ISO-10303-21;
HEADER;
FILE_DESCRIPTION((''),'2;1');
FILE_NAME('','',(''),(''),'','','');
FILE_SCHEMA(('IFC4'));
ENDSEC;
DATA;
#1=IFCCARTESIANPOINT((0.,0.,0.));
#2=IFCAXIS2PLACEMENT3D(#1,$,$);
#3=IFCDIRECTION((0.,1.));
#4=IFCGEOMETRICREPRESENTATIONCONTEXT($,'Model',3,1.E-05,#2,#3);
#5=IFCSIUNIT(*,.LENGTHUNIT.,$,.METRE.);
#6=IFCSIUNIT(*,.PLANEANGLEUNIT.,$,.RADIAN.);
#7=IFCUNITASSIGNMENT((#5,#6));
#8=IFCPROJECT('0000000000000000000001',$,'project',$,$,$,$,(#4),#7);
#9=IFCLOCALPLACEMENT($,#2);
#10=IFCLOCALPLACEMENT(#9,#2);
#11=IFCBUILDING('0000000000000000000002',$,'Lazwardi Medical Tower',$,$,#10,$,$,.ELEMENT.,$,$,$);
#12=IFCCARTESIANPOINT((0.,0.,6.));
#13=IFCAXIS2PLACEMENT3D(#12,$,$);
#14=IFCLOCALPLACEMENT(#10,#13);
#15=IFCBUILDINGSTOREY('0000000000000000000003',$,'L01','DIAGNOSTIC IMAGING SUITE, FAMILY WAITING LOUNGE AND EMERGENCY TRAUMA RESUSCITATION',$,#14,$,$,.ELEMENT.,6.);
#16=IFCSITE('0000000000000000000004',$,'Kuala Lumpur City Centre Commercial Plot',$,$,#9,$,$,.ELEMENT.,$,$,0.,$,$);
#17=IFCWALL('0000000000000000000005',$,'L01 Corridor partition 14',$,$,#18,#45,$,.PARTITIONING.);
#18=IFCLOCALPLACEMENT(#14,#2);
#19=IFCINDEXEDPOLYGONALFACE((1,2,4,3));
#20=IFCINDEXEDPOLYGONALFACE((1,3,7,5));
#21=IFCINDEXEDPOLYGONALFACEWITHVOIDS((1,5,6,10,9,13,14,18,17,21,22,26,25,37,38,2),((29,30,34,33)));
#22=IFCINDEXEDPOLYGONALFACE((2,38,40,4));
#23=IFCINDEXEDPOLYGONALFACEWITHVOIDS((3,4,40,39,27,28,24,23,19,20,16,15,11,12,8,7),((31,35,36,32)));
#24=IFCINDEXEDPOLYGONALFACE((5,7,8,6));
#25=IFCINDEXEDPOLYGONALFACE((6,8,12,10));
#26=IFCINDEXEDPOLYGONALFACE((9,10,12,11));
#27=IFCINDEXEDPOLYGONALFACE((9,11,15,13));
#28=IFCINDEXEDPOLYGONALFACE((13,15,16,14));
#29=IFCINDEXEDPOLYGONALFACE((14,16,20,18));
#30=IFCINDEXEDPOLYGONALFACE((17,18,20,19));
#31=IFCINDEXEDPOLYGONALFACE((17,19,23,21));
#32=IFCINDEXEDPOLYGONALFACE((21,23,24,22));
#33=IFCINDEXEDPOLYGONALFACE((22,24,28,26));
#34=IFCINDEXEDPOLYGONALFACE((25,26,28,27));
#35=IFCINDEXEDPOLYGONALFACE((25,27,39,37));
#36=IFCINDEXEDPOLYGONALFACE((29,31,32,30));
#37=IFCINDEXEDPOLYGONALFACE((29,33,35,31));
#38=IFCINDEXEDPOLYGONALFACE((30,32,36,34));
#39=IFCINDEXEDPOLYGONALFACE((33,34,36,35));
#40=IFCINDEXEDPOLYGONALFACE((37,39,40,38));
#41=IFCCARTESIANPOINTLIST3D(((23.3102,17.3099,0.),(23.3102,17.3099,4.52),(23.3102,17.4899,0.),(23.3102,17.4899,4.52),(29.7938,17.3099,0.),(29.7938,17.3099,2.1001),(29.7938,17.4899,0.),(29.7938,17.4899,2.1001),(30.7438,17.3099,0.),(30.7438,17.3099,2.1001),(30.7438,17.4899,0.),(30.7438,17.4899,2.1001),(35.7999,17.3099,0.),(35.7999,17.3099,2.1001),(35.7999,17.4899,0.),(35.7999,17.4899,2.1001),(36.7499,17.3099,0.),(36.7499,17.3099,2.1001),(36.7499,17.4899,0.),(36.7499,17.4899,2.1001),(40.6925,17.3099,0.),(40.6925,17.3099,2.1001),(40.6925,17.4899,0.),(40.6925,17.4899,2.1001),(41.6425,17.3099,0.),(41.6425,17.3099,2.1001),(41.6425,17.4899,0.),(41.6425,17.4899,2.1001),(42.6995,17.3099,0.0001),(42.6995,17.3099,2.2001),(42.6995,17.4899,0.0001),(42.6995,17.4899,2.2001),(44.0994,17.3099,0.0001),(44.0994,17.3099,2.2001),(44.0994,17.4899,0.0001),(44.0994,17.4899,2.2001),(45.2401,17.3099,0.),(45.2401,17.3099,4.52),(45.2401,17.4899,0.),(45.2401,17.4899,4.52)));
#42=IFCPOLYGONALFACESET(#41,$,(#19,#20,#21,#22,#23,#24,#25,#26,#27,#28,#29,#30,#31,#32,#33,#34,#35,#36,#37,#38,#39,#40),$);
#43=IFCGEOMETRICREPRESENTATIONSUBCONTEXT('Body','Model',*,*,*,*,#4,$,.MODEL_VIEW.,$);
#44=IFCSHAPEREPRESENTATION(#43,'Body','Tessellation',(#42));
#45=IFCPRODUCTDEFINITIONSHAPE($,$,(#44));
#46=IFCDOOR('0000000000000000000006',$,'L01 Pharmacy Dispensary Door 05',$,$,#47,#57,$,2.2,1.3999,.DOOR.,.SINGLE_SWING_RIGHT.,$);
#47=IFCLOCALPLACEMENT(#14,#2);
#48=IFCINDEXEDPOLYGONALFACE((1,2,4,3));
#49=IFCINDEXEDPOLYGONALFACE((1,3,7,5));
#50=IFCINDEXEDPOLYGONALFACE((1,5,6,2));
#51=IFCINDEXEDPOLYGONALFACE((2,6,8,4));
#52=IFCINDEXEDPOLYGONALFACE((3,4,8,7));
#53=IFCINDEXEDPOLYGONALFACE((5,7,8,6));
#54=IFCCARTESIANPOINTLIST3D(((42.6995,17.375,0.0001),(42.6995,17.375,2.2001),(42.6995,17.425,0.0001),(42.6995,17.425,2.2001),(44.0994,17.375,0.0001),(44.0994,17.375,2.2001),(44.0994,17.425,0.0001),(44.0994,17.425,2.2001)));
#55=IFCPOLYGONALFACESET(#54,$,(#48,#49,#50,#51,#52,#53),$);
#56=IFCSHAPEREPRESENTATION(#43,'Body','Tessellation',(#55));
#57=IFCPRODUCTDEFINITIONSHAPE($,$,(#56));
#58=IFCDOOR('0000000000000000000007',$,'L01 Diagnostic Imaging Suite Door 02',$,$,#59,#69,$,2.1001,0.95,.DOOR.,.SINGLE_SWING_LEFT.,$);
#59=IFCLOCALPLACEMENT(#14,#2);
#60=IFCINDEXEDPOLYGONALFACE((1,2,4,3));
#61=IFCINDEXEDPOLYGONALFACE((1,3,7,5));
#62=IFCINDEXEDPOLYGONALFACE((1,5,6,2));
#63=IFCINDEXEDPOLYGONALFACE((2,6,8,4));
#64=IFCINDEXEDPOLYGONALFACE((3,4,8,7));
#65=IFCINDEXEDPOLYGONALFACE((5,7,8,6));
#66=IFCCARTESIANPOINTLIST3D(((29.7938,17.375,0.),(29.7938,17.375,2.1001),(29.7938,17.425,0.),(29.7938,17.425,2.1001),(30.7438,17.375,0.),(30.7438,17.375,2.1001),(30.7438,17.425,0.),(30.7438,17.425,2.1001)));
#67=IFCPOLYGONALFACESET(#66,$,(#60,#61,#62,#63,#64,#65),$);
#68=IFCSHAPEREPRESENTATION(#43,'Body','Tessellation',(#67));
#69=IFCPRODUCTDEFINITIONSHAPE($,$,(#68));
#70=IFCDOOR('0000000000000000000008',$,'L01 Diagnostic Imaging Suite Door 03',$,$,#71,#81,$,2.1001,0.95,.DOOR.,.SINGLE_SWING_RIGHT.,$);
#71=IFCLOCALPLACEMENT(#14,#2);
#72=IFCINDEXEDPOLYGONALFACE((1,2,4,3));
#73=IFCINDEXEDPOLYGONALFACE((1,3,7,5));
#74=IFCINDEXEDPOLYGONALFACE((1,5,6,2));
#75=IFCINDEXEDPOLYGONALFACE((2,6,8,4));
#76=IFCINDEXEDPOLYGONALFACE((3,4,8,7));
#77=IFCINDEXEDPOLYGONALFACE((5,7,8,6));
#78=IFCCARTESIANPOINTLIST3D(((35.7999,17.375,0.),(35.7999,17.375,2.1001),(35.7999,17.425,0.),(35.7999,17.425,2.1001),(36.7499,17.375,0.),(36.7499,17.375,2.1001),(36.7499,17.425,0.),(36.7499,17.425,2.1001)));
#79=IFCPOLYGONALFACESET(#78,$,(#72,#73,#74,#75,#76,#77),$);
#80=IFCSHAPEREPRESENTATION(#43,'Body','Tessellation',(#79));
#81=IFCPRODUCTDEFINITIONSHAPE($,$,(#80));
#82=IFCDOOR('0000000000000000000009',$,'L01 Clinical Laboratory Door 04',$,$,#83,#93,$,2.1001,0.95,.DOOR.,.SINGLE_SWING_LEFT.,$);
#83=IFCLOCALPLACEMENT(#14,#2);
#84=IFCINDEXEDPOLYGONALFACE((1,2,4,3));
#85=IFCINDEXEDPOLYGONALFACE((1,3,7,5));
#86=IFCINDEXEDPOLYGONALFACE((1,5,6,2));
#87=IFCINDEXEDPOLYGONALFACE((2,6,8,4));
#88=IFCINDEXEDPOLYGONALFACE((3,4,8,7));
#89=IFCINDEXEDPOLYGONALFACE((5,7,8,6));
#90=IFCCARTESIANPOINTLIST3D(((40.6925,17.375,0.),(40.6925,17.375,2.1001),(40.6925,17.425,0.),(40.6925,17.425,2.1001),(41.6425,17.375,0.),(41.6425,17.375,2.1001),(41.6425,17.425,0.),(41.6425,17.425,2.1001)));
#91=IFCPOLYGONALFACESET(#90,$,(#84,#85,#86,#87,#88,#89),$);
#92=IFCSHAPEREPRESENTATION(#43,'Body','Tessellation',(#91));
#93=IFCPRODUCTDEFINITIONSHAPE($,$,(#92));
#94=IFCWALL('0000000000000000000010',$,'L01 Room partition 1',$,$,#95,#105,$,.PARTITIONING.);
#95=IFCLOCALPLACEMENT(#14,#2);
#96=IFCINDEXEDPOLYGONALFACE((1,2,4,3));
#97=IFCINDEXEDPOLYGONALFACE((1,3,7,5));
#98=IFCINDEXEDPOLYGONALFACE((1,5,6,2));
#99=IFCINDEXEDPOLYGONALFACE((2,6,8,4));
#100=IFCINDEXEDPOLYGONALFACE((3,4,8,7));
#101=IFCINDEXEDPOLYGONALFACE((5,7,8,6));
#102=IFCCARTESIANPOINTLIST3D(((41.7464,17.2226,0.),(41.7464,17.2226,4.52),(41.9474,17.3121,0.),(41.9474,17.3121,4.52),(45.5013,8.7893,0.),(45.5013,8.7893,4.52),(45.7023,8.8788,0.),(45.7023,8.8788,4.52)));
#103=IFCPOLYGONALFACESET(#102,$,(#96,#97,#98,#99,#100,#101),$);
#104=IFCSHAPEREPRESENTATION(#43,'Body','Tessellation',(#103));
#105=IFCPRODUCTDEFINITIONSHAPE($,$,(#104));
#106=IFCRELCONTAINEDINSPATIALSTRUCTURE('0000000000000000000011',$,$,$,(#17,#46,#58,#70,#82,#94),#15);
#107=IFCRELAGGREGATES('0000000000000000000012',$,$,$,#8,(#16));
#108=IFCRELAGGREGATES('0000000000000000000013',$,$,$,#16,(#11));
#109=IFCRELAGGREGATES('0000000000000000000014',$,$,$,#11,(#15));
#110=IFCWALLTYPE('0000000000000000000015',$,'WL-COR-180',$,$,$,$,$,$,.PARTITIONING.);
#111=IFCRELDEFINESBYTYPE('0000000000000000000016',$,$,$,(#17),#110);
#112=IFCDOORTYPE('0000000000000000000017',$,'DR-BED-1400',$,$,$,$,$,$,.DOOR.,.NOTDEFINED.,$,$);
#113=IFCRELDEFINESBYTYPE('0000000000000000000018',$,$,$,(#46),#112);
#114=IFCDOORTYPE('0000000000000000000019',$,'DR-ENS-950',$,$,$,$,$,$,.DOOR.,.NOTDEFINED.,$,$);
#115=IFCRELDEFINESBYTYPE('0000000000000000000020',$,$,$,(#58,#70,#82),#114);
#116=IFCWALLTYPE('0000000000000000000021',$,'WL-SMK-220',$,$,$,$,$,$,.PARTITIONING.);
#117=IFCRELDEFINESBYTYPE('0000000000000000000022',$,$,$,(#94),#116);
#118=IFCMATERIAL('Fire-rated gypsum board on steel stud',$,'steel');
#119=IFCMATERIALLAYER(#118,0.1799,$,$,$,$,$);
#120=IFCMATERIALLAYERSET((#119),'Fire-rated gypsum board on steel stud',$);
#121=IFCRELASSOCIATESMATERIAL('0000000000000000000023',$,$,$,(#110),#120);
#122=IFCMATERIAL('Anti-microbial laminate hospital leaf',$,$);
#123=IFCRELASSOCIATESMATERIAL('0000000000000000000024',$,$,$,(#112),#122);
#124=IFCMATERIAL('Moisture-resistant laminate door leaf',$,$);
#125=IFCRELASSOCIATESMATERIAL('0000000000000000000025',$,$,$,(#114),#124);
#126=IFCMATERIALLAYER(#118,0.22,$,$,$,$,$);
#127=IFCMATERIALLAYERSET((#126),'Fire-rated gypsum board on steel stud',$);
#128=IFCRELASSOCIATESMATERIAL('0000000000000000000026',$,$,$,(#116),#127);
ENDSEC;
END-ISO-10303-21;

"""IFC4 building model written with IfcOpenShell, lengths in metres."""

from ifc_helpers import new_model, si_unit, direction, frame, frame_2d, origin, place, context, subcontext, project, spatial, rectangle, extrude, material, layer, layer_set, type_object, element, fill, save


model = new_model("IFC4")

# Units and contexts
model_context = context("Model", 3, precision=1e-05, world=origin(), true_north=direction((0.0, 1.0)))
body_context = subcontext(model_context, "Body", "Model", "MODEL_VIEW")
ifc_project = project(units=[si_unit("LENGTHUNIT", "METRE"), si_unit("PLANEANGLEUNIT", "RADIAN")], contexts=[model_context])

# Site, building, storey
site_placement = place(None, origin())
site = spatial("IfcSite", under=ifc_project, at=site_placement, Name="Kuala Lumpur City Centre Commercial Plot", CompositionType="ELEMENT", RefElevation=0.0)
building_placement = place(site_placement, origin())
building = spatial("IfcBuilding", under=site, at=building_placement, Name="Lazwardi Medical Tower", CompositionType="ELEMENT")
storey_placement = place(building_placement, frame((0.0, 0.0, 6.0)))
storey = spatial("IfcBuildingStorey", under=building, at=storey_placement, Name="L01", Description="DIAGNOSTIC IMAGING SUITE, FAMILY WAITING LOUNGE AND EMERGENCY TRAUMA RESUSCITATION", CompositionType="ELEMENT", Elevation=6.0)

# Wall, openings, doors
ifc_material_1 = material(Name="Fire-rated gypsum board on steel stud", Category="steel")
ifc_layer_1 = layer(ifc_material_1, 0.1799)
ifc_layer_set_1 = layer_set([ifc_layer_1], Name="Fire-rated gypsum board on steel stud")
wall_type_1 = type_object("IfcWallType", Name="WL-COR-180", PredefinedType="PARTITIONING", material=ifc_layer_set_1)
wall_1_placement = place(storey_placement, frame((45.24, 17.3999, 0.0), z_axis=(0.0, 0.0, 1.0), x_axis=(-1.0, 0.0, 0.0)))
wall_1 = element("IfcWall", 1, at=wall_1_placement, inside=storey, type_object=wall_type_1, Name="L01 Corridor partition 14", PredefinedType="PARTITIONING", context=body_context, shape_type="SweptSolid", body=[
    extrude(rectangle(XDim=21.9299, YDim=0.1799, at=frame_2d((10.9648, 0.0))), origin(), (0.0, 0.0, 1.0), 4.52),
])
opening_1_placement = place(wall_1_placement, frame((14.4961, 0.0, 0.0)))
opening_1 = element("IfcOpeningElement", 2, at=opening_1_placement, cuts=wall_1, PredefinedType="OPENING", context=body_context, shape_type="SweptSolid", body=[
    extrude(rectangle(XDim=0.95, YDim=2.1001, at=frame_2d((0.4751, 1.05))), frame((0.0, 0.0999, 0.0), z_axis=(0.0, -1.0, 0.0), x_axis=(1.0, 0.0, 0.0)), (0.0, 0.0, 1.0), 0.2),
])
opening_2_placement = place(wall_1_placement, frame((8.49, 0.0, 0.0)))
opening_2 = element("IfcOpeningElement", 3, at=opening_2_placement, cuts=wall_1, PredefinedType="OPENING", context=body_context, shape_type="SweptSolid", body=[
    extrude(rectangle(XDim=0.95, YDim=2.1001, at=frame_2d((0.4751, 1.05))), frame((0.0, 0.0999, 0.0), z_axis=(0.0, -1.0, 0.0), x_axis=(1.0, 0.0, 0.0)), (0.0, 0.0, 1.0), 0.2),
])
opening_3_placement = place(wall_1_placement, frame((3.5974, 0.0, 0.0)))
opening_3 = element("IfcOpeningElement", 4, at=opening_3_placement, cuts=wall_1, PredefinedType="OPENING", context=body_context, shape_type="SweptSolid", body=[
    extrude(rectangle(XDim=0.95, YDim=2.1001, at=frame_2d((0.4751, 1.05))), frame((0.0, 0.0999, 0.0), z_axis=(0.0, -1.0, 0.0), x_axis=(1.0, 0.0, 0.0)), (0.0, 0.0, 1.0), 0.2),
])
opening_4_placement = place(wall_1_placement, frame((1.1406, 0.0, 0.0)))
opening_4 = element("IfcOpeningElement", 5, at=opening_4_placement, cuts=wall_1, PredefinedType="OPENING", context=body_context, shape_type="SweptSolid", body=[
    extrude(rectangle(XDim=1.3999, YDim=2.2, at=frame_2d((0.7, 1.1001))), frame((0.0, 0.0999, 0.0), z_axis=(0.0, -1.0, 0.0), x_axis=(1.0, 0.0, 0.0)), (0.0, 0.0, 1.0), 0.2),
])
ifc_material_2 = material(Name="Anti-microbial laminate hospital leaf")
door_type_1 = type_object("IfcDoorType", Name="DR-BED-1400", OperationType="NOTDEFINED", PredefinedType="DOOR", material=ifc_material_2)
door_1_placement = place(opening_4_placement, origin())
door_1 = element("IfcDoor", 6, at=door_1_placement, inside=storey, type_object=door_type_1, Name="L01 Pharmacy Dispensary Door 05", OperationType="SINGLE_SWING_RIGHT", OverallHeight=2.2, OverallWidth=1.3999, PredefinedType="DOOR", context=body_context, shape_type="SweptSolid", body=[
    extrude(rectangle(XDim=1.3999, YDim=2.2, at=frame_2d((0.7, 1.1001))), frame((0.0, 0.0249, 0.0), z_axis=(0.0, -1.0, 0.0), x_axis=(1.0, 0.0, 0.0)), (0.0, 0.0, 1.0), 0.05),
])
fill(opening_4, door_1)
ifc_material_3 = material(Name="Moisture-resistant laminate door leaf")
door_type_2 = type_object("IfcDoorType", Name="DR-ENS-950", OperationType="NOTDEFINED", PredefinedType="DOOR", material=ifc_material_3)
door_2_placement = place(opening_1_placement, origin())
door_2 = element("IfcDoor", 7, at=door_2_placement, inside=storey, type_object=door_type_2, Name="L01 Diagnostic Imaging Suite Door 02", OperationType="SINGLE_SWING_LEFT", OverallHeight=2.1001, OverallWidth=0.95, PredefinedType="DOOR", context=body_context, shape_type="SweptSolid", body=[
    extrude(rectangle(XDim=0.95, YDim=2.1001, at=frame_2d((0.4751, 1.05))), frame((0.0, 0.0249, 0.0), z_axis=(0.0, -1.0, 0.0), x_axis=(1.0, 0.0, 0.0)), (0.0, 0.0, 1.0), 0.05),
])
fill(opening_1, door_2)
door_3_placement = place(opening_2_placement, origin())
door_3 = element("IfcDoor", 8, at=door_3_placement, inside=storey, type_object=door_type_2, Name="L01 Diagnostic Imaging Suite Door 03", OperationType="SINGLE_SWING_RIGHT", OverallHeight=2.1001, OverallWidth=0.95, PredefinedType="DOOR", context=body_context, shape_type="SweptSolid", body=[
    extrude(rectangle(XDim=0.95, YDim=2.1001, at=frame_2d((0.4751, 1.05))), frame((0.0, 0.0249, 0.0), z_axis=(0.0, -1.0, 0.0), x_axis=(1.0, 0.0, 0.0)), (0.0, 0.0, 1.0), 0.05),
])
fill(opening_2, door_3)
door_4_placement = place(opening_3_placement, origin())
door_4 = element("IfcDoor", 9, at=door_4_placement, inside=storey, type_object=door_type_2, Name="L01 Clinical Laboratory Door 04", OperationType="SINGLE_SWING_LEFT", OverallHeight=2.1001, OverallWidth=0.95, PredefinedType="DOOR", context=body_context, shape_type="SweptSolid", body=[
    extrude(rectangle(XDim=0.95, YDim=2.1001, at=frame_2d((0.4751, 1.05))), frame((0.0, 0.0249, 0.0), z_axis=(0.0, -1.0, 0.0), x_axis=(1.0, 0.0, 0.0)), (0.0, 0.0, 1.0), 0.05),
])
fill(opening_3, door_4)

# Wall
ifc_layer_2 = layer(ifc_material_1, 0.22)
ifc_layer_set_2 = layer_set([ifc_layer_2], Name="Fire-rated gypsum board on steel stud")
wall_type_2 = type_object("IfcWallType", Name="WL-SMK-220", PredefinedType="PARTITIONING", material=ifc_layer_set_2)
wall_2_placement = place(storey_placement, frame((41.8469, 17.2673, 0.0), z_axis=(0.0, 0.0, 1.0), x_axis=(0.406747, -0.913541, 0.0)))
element("IfcWall", 10, at=wall_2_placement, inside=storey, type_object=wall_type_2, Name="L01 Room partition 1", PredefinedType="PARTITIONING", context=body_context, shape_type="SweptSolid", body=[
    extrude(rectangle(XDim=9.2314, YDim=0.22, at=frame_2d((4.6157, 0.0))), origin(), (0.0, 0.0, 1.0), 4.52),
])

save(model, "model.ifc")
